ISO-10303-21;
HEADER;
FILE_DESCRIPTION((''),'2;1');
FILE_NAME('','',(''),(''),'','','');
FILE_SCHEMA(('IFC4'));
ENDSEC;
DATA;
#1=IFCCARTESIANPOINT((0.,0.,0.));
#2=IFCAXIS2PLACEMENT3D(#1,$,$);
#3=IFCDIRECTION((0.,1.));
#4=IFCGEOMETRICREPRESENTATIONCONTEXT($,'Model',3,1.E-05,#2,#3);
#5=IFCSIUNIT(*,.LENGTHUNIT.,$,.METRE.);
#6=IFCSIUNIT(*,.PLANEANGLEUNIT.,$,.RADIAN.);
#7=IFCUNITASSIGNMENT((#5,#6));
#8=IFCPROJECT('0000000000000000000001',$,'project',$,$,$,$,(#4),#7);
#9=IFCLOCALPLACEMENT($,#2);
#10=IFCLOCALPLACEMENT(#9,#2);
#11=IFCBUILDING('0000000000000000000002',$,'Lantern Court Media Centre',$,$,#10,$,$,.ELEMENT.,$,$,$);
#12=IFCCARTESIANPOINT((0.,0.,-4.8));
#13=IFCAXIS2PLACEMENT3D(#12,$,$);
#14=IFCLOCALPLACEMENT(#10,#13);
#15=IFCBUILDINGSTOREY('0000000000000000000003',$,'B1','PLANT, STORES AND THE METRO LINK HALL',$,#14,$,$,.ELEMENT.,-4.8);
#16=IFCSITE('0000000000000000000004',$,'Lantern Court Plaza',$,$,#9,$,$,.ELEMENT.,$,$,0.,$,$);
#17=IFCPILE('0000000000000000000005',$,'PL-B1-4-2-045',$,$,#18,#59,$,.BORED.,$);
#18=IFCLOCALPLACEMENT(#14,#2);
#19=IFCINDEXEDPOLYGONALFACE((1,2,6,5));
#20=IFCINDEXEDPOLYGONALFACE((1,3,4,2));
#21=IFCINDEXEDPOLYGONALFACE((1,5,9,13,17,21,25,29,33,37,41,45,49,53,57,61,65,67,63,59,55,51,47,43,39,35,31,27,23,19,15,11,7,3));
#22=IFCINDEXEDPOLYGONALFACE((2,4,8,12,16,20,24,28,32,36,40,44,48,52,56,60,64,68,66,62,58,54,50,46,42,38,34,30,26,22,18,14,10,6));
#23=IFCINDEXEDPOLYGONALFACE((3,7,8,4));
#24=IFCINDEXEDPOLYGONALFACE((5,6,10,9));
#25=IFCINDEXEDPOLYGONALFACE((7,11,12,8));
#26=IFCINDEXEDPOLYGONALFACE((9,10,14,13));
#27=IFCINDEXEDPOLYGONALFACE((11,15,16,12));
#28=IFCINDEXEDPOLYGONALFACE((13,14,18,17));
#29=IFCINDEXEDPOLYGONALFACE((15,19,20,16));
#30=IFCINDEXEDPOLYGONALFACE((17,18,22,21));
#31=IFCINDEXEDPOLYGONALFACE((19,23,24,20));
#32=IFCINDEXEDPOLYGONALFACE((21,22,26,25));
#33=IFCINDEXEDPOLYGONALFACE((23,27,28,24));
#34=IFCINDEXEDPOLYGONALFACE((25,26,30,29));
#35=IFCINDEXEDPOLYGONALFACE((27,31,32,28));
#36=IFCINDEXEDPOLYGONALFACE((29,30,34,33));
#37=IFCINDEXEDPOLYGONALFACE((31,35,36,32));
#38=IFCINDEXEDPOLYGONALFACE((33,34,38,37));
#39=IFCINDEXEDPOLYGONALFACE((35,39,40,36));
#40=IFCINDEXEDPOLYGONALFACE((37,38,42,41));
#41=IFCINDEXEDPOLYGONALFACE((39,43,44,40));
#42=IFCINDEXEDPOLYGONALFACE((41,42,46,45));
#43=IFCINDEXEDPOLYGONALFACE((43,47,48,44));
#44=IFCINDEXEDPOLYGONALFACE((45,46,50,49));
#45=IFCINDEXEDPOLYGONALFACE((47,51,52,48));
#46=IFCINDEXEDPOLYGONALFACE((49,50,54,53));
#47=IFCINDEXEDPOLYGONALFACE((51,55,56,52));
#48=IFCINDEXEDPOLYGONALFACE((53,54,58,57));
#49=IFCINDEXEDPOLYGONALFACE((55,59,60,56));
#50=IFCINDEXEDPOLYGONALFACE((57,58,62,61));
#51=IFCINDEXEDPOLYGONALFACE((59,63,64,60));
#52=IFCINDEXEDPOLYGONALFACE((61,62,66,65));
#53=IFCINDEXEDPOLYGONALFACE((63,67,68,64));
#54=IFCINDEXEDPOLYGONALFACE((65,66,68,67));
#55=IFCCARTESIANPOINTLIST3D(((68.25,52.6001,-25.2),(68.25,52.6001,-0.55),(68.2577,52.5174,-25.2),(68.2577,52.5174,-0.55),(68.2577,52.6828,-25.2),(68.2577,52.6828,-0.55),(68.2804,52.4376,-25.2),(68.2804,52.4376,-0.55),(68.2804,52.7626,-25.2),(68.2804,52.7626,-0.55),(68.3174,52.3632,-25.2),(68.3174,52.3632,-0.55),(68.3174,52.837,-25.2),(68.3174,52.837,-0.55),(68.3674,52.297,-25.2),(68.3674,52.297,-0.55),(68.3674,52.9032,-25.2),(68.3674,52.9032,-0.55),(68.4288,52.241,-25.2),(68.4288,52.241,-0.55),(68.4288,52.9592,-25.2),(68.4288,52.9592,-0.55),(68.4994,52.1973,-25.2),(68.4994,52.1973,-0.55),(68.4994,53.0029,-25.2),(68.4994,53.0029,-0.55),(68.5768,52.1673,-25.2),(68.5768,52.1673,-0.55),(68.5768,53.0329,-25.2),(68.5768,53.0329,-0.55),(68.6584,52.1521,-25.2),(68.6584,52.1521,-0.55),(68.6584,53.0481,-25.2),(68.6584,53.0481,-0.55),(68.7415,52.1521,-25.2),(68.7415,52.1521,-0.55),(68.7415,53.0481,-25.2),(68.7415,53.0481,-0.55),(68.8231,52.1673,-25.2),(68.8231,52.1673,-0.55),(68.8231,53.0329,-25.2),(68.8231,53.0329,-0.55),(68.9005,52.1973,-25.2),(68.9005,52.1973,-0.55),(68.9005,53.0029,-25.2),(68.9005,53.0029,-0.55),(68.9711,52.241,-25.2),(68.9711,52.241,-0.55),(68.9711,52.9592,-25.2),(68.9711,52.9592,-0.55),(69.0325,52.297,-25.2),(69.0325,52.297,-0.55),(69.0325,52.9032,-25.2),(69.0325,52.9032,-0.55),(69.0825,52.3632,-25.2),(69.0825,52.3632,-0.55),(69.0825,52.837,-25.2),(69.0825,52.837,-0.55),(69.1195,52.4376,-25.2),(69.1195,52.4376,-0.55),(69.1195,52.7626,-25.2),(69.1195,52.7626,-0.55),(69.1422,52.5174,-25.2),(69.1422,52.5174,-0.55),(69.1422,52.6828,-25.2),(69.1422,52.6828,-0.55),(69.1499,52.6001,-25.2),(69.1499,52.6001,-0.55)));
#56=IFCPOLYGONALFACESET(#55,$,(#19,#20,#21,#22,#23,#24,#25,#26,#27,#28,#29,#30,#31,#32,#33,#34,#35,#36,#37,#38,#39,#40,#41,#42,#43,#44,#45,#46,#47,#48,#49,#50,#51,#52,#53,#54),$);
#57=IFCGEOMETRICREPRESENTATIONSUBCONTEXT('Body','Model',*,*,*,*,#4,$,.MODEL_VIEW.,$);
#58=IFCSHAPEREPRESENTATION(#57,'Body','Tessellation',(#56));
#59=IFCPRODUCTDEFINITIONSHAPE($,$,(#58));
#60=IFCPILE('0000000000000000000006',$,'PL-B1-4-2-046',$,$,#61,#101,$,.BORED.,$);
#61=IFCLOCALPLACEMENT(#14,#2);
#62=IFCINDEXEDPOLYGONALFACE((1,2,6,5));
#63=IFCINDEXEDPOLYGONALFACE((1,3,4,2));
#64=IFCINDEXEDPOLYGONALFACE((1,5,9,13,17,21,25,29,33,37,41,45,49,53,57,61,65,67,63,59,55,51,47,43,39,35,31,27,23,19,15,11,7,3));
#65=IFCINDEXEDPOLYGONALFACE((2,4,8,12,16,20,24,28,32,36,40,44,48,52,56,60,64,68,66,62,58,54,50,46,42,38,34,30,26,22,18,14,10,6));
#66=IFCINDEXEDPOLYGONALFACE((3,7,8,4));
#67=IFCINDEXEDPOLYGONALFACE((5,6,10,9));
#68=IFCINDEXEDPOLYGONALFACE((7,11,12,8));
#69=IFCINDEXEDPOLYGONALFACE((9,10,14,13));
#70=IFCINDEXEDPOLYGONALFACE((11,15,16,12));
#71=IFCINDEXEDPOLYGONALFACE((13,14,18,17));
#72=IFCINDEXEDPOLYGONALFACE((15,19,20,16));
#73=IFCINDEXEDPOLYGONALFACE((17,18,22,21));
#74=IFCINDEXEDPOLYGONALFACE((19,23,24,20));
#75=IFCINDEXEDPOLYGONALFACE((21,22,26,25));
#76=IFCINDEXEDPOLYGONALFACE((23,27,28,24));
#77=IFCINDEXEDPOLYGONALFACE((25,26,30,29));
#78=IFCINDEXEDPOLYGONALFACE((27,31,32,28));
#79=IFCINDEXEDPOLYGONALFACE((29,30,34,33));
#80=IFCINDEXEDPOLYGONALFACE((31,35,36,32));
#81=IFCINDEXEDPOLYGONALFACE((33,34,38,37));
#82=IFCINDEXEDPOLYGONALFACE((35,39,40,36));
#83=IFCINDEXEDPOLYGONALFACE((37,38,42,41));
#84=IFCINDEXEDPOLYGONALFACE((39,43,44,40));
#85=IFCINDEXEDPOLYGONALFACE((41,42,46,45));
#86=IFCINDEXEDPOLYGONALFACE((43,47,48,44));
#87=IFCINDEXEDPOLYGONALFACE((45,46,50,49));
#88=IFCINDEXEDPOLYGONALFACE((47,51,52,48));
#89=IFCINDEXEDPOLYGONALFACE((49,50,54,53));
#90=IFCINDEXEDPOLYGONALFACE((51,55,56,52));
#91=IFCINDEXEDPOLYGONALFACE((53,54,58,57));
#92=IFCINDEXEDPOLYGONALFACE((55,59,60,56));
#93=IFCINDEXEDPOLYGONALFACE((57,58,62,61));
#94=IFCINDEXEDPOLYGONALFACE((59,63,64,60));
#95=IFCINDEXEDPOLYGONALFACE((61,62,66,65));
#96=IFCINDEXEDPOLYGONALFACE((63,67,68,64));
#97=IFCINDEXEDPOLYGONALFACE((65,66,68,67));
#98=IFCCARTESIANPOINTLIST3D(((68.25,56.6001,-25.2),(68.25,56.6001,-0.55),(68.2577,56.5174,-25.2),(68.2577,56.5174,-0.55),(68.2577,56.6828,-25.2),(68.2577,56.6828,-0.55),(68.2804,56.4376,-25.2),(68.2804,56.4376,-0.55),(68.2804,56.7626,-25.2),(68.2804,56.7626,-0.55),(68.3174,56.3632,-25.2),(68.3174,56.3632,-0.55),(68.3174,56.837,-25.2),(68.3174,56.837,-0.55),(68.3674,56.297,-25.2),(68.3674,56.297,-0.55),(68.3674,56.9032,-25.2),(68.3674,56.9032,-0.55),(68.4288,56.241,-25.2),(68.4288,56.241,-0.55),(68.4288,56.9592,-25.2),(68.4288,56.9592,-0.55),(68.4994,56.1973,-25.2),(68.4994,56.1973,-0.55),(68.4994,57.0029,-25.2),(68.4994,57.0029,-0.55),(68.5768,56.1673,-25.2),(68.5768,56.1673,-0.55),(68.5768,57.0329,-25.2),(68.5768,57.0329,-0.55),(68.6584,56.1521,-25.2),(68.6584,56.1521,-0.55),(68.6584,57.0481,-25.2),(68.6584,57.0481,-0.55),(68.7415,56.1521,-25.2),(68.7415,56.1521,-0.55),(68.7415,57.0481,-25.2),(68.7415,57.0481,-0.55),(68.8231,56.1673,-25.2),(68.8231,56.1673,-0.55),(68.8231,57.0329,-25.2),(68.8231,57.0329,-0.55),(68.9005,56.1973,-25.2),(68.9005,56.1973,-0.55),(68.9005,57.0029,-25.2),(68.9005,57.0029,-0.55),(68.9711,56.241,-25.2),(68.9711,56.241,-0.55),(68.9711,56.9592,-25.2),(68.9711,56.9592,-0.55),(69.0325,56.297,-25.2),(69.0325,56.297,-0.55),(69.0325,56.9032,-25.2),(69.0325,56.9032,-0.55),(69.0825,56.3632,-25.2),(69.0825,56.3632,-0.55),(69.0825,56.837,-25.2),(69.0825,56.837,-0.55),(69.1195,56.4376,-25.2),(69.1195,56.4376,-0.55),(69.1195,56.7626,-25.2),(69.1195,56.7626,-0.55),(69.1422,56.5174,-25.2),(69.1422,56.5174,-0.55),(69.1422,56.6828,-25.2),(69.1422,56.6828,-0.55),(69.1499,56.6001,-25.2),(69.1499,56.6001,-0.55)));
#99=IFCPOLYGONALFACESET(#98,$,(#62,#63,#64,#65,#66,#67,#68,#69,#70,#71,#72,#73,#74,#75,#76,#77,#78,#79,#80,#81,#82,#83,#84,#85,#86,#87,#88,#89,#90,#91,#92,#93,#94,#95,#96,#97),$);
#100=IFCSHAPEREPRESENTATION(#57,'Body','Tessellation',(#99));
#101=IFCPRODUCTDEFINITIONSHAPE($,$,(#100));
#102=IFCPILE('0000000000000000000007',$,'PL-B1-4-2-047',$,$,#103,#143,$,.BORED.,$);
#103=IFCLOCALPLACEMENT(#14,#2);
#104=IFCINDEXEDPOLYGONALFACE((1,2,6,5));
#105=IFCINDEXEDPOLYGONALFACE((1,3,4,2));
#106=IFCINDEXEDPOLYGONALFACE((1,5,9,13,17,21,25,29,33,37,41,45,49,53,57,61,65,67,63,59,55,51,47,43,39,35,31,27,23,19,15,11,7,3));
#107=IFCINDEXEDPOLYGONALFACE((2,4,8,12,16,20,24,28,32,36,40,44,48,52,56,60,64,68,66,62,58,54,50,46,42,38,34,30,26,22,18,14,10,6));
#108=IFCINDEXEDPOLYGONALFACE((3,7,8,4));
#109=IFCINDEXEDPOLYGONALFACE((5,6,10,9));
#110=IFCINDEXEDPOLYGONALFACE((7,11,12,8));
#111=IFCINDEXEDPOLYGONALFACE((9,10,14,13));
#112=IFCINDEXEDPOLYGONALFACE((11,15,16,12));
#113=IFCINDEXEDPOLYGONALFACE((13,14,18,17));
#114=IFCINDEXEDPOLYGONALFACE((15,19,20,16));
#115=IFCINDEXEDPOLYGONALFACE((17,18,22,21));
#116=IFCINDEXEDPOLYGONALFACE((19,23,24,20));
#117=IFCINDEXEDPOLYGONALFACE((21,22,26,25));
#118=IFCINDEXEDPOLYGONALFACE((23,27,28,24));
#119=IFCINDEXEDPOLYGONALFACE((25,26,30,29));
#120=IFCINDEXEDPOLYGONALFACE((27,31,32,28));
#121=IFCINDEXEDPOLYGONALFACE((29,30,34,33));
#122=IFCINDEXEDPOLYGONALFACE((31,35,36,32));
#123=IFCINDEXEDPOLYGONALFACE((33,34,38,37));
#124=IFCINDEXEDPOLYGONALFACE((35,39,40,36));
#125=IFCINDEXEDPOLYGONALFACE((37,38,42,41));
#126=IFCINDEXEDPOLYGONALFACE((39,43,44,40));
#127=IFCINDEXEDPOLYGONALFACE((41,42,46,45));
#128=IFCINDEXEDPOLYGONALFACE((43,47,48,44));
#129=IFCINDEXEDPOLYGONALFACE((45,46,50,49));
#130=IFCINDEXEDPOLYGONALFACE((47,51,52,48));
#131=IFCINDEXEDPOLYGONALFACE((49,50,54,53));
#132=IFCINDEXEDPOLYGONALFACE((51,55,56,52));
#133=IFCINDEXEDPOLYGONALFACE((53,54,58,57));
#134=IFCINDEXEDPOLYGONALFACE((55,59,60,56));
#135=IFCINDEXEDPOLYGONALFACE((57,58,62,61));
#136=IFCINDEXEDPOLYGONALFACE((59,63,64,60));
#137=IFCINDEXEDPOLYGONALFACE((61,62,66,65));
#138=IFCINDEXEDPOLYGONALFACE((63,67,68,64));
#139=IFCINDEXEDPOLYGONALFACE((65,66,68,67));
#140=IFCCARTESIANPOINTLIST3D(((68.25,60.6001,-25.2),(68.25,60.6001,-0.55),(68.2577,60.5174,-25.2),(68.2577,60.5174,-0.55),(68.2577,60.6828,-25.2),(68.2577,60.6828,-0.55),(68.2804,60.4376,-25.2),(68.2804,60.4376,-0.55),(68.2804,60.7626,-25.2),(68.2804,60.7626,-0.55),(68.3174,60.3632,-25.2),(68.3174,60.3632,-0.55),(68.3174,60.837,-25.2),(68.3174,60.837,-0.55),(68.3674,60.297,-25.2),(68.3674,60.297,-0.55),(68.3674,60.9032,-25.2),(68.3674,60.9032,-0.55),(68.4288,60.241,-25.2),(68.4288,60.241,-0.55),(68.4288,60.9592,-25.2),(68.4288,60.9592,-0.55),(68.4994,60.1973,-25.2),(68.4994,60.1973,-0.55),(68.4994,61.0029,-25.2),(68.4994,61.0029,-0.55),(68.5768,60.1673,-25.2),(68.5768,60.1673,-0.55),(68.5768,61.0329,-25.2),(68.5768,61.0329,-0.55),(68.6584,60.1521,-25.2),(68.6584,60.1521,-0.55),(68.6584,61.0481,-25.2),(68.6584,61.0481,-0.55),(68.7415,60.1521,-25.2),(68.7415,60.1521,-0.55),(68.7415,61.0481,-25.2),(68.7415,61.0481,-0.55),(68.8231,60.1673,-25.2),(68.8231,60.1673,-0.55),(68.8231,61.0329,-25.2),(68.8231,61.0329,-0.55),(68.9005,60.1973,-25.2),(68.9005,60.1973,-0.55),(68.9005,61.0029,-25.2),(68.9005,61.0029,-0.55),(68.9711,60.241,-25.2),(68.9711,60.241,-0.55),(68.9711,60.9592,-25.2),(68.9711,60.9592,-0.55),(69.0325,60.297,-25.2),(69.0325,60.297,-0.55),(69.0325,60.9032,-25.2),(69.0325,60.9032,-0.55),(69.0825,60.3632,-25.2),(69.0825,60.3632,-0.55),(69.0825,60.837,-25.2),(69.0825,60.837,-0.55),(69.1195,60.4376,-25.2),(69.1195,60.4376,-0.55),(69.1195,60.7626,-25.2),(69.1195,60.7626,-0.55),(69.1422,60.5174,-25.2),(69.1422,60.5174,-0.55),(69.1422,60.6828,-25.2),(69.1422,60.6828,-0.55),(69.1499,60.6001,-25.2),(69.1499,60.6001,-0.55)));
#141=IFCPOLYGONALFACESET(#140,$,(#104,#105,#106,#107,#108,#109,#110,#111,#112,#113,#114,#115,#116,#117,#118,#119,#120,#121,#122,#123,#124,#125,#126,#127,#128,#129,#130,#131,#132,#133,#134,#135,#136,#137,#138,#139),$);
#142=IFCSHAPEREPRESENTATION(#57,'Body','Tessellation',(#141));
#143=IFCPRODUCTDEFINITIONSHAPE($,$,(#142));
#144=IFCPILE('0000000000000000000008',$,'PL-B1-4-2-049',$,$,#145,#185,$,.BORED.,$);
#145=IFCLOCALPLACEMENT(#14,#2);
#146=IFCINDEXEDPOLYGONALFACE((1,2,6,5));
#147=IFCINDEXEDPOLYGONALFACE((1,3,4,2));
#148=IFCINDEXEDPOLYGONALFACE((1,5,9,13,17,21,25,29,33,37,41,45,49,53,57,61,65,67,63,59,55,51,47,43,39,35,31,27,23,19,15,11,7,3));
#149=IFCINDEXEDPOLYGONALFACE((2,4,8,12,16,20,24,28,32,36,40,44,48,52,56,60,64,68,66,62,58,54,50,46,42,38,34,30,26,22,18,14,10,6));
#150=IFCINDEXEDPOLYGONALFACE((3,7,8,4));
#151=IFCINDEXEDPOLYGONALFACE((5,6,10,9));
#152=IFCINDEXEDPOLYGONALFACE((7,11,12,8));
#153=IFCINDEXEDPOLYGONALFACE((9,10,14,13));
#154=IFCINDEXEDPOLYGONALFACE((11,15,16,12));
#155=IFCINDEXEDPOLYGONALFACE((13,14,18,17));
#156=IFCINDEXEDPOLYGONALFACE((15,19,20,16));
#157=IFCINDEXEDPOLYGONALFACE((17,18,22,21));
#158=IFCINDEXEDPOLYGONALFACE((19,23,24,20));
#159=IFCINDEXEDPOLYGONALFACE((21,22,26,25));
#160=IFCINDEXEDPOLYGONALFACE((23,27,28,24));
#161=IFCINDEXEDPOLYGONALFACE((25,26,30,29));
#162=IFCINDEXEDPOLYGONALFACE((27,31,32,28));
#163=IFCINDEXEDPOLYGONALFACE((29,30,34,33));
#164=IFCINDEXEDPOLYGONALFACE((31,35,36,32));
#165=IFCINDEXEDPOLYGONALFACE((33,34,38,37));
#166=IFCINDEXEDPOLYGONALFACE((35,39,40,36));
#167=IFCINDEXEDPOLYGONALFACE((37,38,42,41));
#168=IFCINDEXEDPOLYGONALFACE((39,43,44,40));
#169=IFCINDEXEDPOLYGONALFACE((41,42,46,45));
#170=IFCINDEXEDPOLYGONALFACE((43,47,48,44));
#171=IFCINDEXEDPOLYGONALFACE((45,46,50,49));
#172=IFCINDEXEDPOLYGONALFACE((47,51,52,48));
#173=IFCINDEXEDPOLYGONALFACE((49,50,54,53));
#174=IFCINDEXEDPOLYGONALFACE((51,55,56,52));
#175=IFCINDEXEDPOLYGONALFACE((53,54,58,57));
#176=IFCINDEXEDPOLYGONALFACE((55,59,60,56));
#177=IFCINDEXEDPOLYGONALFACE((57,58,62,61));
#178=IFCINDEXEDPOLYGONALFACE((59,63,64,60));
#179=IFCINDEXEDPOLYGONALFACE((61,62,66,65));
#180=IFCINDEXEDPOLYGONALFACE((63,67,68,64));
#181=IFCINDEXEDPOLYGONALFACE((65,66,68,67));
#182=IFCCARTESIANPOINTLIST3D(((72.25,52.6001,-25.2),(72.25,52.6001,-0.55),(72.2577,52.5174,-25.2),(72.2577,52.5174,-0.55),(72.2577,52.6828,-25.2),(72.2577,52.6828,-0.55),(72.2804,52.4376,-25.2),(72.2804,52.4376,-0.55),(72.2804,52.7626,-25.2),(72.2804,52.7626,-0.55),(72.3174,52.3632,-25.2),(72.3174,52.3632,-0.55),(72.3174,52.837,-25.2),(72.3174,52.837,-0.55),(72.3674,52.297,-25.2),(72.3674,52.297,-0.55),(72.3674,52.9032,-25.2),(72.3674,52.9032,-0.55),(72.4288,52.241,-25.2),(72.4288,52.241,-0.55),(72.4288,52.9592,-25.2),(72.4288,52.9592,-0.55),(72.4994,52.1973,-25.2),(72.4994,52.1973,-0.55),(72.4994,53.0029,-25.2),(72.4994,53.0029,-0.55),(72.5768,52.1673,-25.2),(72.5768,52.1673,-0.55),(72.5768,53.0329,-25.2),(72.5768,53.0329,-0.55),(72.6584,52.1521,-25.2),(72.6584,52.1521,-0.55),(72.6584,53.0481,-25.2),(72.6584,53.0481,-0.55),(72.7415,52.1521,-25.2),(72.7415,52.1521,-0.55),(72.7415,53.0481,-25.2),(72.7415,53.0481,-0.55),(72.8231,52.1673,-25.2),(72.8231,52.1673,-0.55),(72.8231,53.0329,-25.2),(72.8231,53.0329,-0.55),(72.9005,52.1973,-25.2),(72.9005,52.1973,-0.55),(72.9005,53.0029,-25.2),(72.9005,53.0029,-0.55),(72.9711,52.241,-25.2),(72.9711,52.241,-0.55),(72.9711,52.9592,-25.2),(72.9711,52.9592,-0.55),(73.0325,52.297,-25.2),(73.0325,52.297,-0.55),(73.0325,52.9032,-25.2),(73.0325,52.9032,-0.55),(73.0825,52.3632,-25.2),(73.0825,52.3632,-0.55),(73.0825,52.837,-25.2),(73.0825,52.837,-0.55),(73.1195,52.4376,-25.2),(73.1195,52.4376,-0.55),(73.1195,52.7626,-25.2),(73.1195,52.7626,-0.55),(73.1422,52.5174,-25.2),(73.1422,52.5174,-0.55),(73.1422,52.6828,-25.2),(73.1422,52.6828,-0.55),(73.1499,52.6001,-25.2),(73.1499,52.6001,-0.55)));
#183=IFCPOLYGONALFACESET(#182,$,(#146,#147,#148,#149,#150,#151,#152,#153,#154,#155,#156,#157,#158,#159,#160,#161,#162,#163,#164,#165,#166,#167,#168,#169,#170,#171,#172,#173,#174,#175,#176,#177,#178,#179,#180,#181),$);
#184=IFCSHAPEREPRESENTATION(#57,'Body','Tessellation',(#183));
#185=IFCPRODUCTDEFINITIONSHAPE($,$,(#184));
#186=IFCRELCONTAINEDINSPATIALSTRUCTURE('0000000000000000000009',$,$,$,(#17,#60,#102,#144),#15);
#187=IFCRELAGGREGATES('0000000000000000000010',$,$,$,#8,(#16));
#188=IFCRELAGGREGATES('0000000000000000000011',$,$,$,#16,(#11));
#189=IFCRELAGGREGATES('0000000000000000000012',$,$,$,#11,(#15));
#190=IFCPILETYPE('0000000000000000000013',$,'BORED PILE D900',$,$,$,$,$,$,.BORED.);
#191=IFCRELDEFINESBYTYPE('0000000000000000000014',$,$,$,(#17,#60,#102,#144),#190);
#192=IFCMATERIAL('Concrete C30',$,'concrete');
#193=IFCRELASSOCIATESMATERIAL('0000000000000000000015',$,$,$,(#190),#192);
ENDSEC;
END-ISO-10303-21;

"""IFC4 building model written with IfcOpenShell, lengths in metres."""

from ifc_helpers import new_model, si_unit, direction, frame, origin, origin_2d, place, context, subcontext, project, spatial, circle, extrude, material, material_profile, profile_set, type_object, element, save


model = new_model("IFC4")

# Units and contexts
model_context = context("Model", 3, precision=1e-05, world=origin(), true_north=direction((0.0, 1.0)))
body_context = subcontext(model_context, "Body", "Model", "MODEL_VIEW")
ifc_project = project(units=[si_unit("LENGTHUNIT", "METRE"), si_unit("PLANEANGLEUNIT", "RADIAN")], contexts=[model_context])

# Site, building, storey
site_placement = place(None, origin())
site = spatial("IfcSite", under=ifc_project, at=site_placement, Name="Lantern Court Plaza", CompositionType="ELEMENT", RefElevation=0.0)
building_placement = place(site_placement, origin())
building = spatial("IfcBuilding", under=site, at=building_placement, Name="Lantern Court Media Centre", CompositionType="ELEMENT")
storey_placement = place(building_placement, frame((0.0, 0.0, -4.8)))
storey = spatial("IfcBuildingStorey", under=building, at=storey_placement, Name="B1", Description="PLANT, STORES AND THE METRO LINK HALL", CompositionType="ELEMENT", Elevation=-4.8)

# Piles
ifc_material_1 = material(Name="Concrete C30", Category="concrete")
ifc_material_profile_1 = material_profile(ifc_material_1, circle(Radius=0.45, at=origin_2d()), Name="D900")
ifc_profile_set_1 = profile_set([ifc_material_profile_1], Name="Concrete C30")
pile_type = type_object("IfcPileType", Name="BORED PILE D900", PredefinedType="BORED", material=ifc_profile_set_1)
for number, where, z_axis, x_axis, name in (
    (1, (68.7, 52.6001, -0.55), (0.0, 0.0, -1.0), (1.0, 0.0, 0.0), "PL-B1-4-2-045"),
    (2, (68.7, 56.6001, -0.55), (0.0, 0.0, -1.0), (1.0, 0.0, 0.0), "PL-B1-4-2-046"),
    (3, (68.7, 60.6001, -0.55), (0.0, 0.0, -1.0), (1.0, 0.0, 0.0), "PL-B1-4-2-047"),
    (4, (72.7, 52.6001, -0.55), (0.0, 0.0, -1.0), (1.0, 0.0, 0.0), "PL-B1-4-2-049"),
):
    element("IfcPile", number, at=place(storey_placement, frame(where, z_axis=z_axis, x_axis=x_axis)), inside=storey, type_object=pile_type, Name=name, PredefinedType="BORED", context=body_context, shape_type="SweptSolid", body=[
        extrude(circle(Radius=0.45, at=origin_2d()), origin(), (0.0, 0.0, 1.0), 24.6499),
    ])

save(model, "model.ifc")
